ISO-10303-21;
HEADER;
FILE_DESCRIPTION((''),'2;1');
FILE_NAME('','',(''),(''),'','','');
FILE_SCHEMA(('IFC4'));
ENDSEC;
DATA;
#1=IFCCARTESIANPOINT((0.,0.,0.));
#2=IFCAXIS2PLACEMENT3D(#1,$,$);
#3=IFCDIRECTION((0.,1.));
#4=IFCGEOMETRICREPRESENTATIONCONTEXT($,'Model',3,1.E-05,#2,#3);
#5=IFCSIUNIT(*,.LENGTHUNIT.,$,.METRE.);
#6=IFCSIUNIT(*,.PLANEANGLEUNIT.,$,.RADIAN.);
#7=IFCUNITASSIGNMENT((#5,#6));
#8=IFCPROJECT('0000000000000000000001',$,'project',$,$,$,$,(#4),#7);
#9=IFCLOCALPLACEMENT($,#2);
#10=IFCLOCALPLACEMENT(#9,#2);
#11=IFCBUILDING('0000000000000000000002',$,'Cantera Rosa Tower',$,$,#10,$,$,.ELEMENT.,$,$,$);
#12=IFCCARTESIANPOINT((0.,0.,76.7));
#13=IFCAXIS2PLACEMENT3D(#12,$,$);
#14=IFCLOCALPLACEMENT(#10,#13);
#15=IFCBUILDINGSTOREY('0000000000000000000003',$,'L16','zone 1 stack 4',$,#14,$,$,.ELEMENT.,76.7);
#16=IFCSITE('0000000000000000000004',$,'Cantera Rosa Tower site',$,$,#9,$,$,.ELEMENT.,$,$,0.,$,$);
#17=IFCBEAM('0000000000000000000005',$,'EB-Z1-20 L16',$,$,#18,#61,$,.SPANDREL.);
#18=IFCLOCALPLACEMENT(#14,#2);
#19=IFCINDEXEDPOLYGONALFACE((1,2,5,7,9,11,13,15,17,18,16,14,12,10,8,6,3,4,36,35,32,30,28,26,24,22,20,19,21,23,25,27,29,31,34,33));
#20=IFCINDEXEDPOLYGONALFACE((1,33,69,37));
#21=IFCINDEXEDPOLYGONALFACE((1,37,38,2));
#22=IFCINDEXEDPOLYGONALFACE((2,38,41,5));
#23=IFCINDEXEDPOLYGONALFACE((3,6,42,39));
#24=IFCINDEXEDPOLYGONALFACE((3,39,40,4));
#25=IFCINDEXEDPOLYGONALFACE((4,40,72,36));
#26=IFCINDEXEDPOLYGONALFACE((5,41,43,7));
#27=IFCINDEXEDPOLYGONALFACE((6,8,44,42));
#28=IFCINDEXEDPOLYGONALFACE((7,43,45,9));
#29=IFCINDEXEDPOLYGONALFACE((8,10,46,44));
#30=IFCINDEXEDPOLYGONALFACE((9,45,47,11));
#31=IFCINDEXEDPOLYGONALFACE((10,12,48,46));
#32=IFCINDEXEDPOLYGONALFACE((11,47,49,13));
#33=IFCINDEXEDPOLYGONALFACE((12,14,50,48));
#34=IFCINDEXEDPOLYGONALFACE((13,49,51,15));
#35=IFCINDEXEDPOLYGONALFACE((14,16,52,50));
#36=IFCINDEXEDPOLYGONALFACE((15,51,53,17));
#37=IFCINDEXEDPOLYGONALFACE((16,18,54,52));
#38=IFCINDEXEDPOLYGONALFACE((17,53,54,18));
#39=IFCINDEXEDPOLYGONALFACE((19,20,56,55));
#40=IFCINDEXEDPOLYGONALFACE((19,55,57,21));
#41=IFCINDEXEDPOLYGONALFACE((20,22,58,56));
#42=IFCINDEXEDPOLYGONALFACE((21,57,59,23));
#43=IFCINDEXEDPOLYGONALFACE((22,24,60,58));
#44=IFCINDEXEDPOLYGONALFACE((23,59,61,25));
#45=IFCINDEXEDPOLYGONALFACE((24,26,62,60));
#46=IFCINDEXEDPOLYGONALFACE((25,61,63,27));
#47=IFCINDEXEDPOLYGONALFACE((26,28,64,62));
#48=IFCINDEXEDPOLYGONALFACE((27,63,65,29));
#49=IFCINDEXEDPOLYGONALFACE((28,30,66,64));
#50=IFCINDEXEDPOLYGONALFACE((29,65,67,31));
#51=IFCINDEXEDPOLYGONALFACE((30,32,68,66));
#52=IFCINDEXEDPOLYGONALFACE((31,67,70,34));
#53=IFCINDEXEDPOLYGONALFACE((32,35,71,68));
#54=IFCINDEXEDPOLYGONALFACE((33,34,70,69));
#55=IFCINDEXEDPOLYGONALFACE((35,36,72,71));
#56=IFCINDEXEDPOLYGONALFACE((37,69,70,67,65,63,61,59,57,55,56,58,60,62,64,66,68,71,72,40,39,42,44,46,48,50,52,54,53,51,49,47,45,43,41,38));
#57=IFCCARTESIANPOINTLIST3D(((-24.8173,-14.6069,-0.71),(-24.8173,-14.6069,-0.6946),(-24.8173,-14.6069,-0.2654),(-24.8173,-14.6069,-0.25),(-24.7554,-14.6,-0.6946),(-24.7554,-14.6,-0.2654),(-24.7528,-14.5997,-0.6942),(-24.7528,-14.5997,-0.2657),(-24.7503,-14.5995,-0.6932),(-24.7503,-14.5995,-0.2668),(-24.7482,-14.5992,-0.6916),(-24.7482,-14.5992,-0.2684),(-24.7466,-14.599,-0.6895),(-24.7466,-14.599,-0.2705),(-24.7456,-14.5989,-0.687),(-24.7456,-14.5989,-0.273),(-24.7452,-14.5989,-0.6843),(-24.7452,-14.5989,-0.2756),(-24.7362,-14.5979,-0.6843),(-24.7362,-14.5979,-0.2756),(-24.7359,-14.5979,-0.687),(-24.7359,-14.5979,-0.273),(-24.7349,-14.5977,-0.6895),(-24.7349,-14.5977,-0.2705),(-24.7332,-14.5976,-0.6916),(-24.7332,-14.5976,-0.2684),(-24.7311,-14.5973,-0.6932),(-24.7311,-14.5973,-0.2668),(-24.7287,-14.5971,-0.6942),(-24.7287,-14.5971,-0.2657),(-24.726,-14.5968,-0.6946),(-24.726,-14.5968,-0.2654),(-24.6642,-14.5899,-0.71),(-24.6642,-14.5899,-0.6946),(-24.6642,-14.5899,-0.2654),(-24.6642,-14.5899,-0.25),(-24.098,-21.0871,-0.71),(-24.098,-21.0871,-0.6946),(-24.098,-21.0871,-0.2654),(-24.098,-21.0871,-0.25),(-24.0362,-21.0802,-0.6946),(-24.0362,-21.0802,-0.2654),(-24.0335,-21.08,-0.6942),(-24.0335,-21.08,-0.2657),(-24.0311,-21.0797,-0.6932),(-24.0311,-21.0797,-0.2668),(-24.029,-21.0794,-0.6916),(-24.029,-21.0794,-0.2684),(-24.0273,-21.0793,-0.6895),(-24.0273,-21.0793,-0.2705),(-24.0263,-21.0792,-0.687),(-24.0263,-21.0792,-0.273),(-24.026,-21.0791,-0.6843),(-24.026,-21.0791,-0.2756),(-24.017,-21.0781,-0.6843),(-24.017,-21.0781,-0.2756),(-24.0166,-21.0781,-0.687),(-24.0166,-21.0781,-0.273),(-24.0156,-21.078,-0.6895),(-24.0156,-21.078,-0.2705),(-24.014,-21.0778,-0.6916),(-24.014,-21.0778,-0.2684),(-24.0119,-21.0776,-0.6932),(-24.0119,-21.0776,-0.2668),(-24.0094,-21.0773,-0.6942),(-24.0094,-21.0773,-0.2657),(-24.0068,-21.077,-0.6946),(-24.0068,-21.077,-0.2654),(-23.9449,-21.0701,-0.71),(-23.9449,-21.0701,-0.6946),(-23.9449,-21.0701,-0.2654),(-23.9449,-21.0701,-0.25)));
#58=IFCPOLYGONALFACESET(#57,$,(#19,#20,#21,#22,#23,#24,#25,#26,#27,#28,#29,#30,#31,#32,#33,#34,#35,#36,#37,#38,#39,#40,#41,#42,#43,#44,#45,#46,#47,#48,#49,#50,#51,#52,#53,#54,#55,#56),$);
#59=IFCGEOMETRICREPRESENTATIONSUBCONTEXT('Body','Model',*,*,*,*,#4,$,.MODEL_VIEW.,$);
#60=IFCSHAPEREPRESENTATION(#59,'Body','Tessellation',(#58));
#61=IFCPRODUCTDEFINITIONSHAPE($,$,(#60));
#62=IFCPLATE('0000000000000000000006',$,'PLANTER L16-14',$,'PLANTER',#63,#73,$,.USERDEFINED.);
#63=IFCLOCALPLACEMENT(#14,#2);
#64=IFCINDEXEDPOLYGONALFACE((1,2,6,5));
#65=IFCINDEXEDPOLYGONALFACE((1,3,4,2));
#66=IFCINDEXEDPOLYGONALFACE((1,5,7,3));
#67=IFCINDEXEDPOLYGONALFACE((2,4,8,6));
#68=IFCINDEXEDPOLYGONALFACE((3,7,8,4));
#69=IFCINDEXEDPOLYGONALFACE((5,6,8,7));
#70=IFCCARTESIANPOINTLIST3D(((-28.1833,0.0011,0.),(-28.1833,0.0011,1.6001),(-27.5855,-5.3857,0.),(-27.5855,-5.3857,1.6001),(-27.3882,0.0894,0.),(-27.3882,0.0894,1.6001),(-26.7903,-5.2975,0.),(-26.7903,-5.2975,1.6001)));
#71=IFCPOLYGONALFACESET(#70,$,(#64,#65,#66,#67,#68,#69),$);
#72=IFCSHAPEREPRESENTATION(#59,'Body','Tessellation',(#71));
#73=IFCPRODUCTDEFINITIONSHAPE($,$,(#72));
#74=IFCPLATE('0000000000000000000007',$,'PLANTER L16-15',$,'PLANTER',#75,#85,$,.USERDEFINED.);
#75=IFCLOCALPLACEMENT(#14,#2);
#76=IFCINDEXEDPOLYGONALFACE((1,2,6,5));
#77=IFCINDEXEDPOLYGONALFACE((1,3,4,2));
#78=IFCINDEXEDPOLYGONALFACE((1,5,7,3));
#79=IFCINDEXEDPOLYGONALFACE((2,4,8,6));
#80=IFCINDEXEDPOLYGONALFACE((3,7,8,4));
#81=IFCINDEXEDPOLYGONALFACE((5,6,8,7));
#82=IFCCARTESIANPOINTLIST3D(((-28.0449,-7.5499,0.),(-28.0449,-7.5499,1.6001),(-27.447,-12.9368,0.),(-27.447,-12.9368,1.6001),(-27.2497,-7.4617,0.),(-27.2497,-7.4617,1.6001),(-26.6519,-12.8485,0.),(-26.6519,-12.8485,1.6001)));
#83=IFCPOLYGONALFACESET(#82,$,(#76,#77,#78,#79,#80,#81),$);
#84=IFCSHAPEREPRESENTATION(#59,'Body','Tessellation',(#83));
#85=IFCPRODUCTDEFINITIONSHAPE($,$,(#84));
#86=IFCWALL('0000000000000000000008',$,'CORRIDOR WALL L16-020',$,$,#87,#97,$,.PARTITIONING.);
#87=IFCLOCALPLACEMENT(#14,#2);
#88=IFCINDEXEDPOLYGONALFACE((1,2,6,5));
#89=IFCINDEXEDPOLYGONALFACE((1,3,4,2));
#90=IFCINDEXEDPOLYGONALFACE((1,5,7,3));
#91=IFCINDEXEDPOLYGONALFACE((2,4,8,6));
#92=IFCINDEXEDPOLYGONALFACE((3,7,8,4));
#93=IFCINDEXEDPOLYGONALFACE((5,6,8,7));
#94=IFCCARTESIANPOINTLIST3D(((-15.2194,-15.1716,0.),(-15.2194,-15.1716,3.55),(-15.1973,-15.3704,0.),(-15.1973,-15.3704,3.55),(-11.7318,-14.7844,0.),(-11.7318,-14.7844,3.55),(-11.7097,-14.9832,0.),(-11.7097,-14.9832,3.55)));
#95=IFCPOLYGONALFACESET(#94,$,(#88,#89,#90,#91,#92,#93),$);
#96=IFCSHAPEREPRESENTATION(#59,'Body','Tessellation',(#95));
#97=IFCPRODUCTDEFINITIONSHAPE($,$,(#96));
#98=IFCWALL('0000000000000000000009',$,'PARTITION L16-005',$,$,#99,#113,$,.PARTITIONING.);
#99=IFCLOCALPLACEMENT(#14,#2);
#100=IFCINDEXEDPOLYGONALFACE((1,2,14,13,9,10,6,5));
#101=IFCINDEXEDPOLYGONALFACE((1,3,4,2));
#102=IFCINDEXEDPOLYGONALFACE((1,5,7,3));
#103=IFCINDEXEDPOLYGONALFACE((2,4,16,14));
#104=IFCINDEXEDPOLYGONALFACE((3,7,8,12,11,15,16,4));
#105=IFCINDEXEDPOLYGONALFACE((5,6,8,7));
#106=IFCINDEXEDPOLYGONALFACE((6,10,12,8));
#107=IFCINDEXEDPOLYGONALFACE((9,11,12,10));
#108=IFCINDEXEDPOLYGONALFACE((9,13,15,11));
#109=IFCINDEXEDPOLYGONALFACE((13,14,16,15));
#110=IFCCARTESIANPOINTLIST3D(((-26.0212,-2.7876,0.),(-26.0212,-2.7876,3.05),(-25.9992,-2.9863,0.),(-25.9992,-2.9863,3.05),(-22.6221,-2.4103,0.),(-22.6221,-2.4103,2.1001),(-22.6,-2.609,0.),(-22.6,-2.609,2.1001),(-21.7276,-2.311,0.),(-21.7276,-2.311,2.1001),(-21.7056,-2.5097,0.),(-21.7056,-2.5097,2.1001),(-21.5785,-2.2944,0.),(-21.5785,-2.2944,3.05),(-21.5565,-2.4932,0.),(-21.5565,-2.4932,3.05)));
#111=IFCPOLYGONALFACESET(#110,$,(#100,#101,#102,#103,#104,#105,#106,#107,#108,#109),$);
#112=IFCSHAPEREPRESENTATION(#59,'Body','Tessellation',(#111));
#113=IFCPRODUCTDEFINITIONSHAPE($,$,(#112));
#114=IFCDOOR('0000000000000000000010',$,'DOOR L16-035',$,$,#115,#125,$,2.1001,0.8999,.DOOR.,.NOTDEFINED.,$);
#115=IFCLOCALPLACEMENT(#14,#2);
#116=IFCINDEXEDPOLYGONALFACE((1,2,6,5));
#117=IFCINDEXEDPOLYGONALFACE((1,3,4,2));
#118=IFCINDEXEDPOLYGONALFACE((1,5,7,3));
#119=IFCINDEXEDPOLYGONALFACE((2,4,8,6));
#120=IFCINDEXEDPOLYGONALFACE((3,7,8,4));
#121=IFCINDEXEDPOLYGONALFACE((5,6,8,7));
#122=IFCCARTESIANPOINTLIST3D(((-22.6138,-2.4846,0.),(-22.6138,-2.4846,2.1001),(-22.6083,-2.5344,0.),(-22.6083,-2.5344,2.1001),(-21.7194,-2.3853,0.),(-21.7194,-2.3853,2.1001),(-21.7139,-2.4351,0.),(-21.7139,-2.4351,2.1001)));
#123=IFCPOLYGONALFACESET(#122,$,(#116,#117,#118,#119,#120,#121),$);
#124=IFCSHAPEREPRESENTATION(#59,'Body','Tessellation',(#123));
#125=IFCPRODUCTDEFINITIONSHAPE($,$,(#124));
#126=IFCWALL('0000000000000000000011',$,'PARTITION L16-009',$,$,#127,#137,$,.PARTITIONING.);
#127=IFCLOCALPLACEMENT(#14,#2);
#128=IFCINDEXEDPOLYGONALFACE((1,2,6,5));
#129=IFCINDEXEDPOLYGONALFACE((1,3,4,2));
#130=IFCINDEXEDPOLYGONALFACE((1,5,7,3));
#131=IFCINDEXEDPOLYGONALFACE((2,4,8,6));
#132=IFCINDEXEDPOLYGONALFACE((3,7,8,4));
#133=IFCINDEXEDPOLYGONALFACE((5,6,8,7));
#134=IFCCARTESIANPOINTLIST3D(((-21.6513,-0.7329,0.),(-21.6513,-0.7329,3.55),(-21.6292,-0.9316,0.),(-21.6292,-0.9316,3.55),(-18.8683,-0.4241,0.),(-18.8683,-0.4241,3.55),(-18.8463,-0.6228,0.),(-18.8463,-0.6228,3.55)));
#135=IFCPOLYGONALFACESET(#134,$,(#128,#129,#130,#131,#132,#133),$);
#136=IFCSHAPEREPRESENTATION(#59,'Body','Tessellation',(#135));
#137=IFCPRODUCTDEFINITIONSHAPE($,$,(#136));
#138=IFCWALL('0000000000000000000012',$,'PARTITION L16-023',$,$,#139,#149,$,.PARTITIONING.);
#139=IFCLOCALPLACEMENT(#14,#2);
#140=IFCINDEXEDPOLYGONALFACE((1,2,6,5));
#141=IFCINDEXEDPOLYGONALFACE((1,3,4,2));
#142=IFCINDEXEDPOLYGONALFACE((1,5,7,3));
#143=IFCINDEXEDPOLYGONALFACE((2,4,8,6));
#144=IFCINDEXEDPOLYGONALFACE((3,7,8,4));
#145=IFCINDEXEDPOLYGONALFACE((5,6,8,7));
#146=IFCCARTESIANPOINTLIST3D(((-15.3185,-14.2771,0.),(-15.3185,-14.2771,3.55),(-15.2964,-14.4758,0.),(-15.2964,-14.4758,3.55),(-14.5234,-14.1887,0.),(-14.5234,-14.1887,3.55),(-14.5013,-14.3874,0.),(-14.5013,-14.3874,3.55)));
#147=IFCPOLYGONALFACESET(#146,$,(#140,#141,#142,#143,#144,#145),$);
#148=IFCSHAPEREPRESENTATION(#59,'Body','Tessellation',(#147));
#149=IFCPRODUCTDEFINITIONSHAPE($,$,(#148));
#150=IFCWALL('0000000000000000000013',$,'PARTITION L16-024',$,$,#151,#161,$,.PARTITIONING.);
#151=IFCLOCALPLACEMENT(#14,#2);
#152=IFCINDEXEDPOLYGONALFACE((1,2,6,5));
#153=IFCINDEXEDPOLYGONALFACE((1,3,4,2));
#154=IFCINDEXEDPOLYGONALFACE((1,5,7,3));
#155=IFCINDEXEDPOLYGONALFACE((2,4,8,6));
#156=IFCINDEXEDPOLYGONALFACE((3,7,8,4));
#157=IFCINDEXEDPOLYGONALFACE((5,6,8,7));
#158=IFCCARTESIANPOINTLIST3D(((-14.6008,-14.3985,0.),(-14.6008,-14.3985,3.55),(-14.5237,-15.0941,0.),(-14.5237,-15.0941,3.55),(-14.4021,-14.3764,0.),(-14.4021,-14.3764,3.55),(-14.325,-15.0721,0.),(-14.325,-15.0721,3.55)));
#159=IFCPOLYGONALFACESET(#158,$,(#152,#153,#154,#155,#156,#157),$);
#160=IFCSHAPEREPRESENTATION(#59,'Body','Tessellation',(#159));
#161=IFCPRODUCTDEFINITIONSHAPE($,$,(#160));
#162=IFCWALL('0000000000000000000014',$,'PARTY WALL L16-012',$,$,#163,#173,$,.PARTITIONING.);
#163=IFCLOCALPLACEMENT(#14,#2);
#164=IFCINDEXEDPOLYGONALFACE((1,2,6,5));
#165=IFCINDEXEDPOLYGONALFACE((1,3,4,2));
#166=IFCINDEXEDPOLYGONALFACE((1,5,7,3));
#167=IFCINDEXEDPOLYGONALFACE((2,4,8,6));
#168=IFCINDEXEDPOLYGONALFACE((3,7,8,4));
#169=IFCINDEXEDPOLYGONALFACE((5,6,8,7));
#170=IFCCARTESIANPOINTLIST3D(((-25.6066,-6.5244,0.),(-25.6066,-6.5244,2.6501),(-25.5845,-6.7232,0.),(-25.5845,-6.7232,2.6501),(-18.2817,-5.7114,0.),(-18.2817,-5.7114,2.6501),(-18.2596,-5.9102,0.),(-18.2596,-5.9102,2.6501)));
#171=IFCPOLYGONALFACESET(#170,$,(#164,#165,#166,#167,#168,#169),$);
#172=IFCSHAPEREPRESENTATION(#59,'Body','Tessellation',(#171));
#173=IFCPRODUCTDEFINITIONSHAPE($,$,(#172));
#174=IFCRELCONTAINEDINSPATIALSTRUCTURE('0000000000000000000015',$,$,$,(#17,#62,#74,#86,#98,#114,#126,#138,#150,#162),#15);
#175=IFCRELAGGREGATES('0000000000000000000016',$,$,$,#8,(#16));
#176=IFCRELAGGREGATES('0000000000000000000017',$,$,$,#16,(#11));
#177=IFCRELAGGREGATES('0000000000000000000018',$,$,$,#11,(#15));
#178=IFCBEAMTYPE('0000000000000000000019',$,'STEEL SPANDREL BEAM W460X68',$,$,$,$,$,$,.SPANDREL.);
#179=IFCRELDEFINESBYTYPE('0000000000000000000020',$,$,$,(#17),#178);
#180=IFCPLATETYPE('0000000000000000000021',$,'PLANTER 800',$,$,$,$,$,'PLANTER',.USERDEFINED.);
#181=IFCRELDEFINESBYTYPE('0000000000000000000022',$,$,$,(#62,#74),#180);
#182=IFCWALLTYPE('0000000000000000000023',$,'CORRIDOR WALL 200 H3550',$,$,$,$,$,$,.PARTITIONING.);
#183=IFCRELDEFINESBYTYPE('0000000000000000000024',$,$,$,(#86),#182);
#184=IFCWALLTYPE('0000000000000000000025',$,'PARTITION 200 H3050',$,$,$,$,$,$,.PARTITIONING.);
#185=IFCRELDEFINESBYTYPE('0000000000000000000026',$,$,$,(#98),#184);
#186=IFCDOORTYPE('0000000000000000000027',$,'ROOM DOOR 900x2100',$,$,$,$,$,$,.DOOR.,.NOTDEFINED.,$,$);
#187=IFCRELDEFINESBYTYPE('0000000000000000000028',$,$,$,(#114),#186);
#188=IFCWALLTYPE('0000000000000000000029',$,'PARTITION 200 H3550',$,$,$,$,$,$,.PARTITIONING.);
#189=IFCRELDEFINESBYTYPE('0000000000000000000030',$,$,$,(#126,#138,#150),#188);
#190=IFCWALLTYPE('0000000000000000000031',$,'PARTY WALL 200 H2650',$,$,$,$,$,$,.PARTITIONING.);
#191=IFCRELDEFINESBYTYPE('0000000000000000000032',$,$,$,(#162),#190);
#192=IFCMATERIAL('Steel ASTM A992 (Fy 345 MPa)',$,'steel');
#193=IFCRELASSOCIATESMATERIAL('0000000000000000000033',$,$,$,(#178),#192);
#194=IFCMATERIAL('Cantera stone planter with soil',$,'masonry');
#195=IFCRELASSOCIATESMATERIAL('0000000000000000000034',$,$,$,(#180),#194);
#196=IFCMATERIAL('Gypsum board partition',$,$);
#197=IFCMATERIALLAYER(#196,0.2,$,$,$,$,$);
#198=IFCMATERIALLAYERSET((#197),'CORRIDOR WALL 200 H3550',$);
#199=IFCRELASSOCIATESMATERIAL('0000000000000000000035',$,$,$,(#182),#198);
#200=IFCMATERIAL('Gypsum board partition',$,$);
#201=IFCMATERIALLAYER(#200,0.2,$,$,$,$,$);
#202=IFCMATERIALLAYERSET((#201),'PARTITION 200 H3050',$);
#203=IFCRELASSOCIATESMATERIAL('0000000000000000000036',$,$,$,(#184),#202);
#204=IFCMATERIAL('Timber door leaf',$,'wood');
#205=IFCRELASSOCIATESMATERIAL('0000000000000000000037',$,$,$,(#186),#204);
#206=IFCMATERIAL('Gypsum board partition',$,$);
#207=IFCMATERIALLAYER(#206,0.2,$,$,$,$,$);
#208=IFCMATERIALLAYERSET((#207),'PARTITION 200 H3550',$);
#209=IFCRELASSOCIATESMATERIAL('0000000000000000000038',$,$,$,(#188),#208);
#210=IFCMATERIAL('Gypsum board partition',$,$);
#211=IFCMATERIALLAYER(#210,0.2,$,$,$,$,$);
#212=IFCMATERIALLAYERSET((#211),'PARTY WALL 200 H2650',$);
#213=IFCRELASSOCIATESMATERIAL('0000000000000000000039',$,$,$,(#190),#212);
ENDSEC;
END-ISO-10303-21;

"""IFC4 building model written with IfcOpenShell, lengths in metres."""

from ifc_helpers import new_model, si_unit, direction, frame, frame_2d, origin, origin_2d, place, context, subcontext, project, spatial, rectangle, i_section, extrude, material, layer, layer_set, material_profile, profile_set, type_object, element, fill, save


model = new_model("IFC4")

# Units and contexts
model_context = context("Model", 3, precision=1e-05, world=origin(), true_north=direction((0.0, 1.0)))
body_context = subcontext(model_context, "Body", "Model", "MODEL_VIEW")
ifc_project = project(units=[si_unit("LENGTHUNIT", "METRE"), si_unit("PLANEANGLEUNIT", "RADIAN")], contexts=[model_context])

# Site, building, storey
site_placement = place(None, origin())
site = spatial("IfcSite", under=ifc_project, at=site_placement, Name="Cantera Rosa Tower site", CompositionType="ELEMENT", RefElevation=0.0)
building_placement = place(site_placement, origin())
building = spatial("IfcBuilding", under=site, at=building_placement, Name="Cantera Rosa Tower", CompositionType="ELEMENT")
storey_placement = place(building_placement, frame((0.0, 0.0, 76.7)))
storey = spatial("IfcBuildingStorey", under=building, at=storey_placement, Name="L16", Description="zone 1 stack 4", CompositionType="ELEMENT", Elevation=76.7)

# Beam
ifc_material_1 = material(Name="Steel ASTM A992 (Fy 345 MPa)", Category="steel")
ifc_material_profile_1 = material_profile(ifc_material_1, i_section(OverallWidth=0.1541, OverallDepth=0.46, WebThickness=0.009, FlangeThickness=0.0154, FilletRadius=0.0103, at=origin_2d()), Name="W460X68")
ifc_profile_set_1 = profile_set([ifc_material_profile_1], Name="Steel ASTM A992 (Fy 345 MPa)")
beam_type_1 = type_object("IfcBeamType", Name="STEEL SPANDREL BEAM W460X68", PredefinedType="SPANDREL", material=ifc_profile_set_1)
for number, where, z_axis, x_axis, name in (
    (1, (-24.7407, -14.5984, -0.48), (0.110312, -0.993897, 0.0), (0.993897, 0.110312, 0.0), "EB-Z1-20 L16"),
):
    element("IfcBeam", number, at=place(storey_placement, frame(where, z_axis=z_axis, x_axis=x_axis)), inside=storey, type_object=beam_type_1, Name=name, PredefinedType="SPANDREL", context=body_context, shape_type="SweptSolid", body=[
        extrude(i_section(OverallWidth=0.1541, OverallDepth=0.46, WebThickness=0.009, FlangeThickness=0.0154, FilletRadius=0.0103, at=origin_2d()), origin(), (0.0, 0.0, 1.0), 6.52),
    ])

# Plates
ifc_material_2 = material(Name="Cantera stone planter with soil", Category="masonry")
plate_type = type_object("IfcPlateType", Name="PLANTER 800", ElementType="PLANTER", PredefinedType="USERDEFINED", material=ifc_material_2)
for number, where, z_axis, x_axis, name in (
    (2, (-27.4868, -2.6482, 0.0), (0.0, 0.0, 1.0), (0.110313, -0.993897, 0.0), "PLANTER L16-14"),
    (3, (-27.3484, -10.1992, 0.0), (0.0, 0.0, 1.0), (0.110313, -0.993897, 0.0), "PLANTER L16-15"),
):
    element("IfcPlate", number, at=place(storey_placement, frame(where, z_axis=z_axis, x_axis=x_axis)), inside=storey, type_object=plate_type, Name=name, ObjectType="PLANTER", PredefinedType="USERDEFINED", context=body_context, shape_type="SweptSolid", body=[
        extrude(rectangle(XDim=5.4199, YDim=0.8, at=origin_2d()), origin(), (0.0, 0.0, 1.0), 1.6001),
    ])

# Wall
ifc_material_3 = material(Name="Gypsum board partition")
ifc_layer_1 = layer(ifc_material_3, 0.2)
ifc_layer_set_1 = layer_set([ifc_layer_1], Name="CORRIDOR WALL 200 H3550")
wall_type_1 = type_object("IfcWallType", Name="CORRIDOR WALL 200 H3550", PredefinedType="PARTITIONING", material=ifc_layer_set_1)
wall_1_placement = place(storey_placement, frame((-15.2083, -15.271, 0.0), z_axis=(0.0, 0.0, 1.0), x_axis=(0.993893, 0.110348, 0.0)))
element("IfcWall", 4, at=wall_1_placement, inside=storey, type_object=wall_type_1, Name="CORRIDOR WALL L16-020", PredefinedType="PARTITIONING", context=body_context, shape_type="SweptSolid", body=[
    extrude(rectangle(XDim=3.509, YDim=0.2, at=frame_2d((1.7544, 0.0))), origin(), (0.0, 0.0, 1.0), 3.55),
])

# Wall, opening, door
ifc_material_4 = material(Name="Gypsum board partition")
ifc_layer_2 = layer(ifc_material_4, 0.2)
ifc_layer_set_2 = layer_set([ifc_layer_2], Name="PARTITION 200 H3050")
wall_type_2 = type_object("IfcWallType", Name="PARTITION 200 H3050", PredefinedType="PARTITIONING", material=ifc_layer_set_2)
wall_2_placement = place(storey_placement, frame((-21.5676, -2.3938, 0.0), z_axis=(0.0, 0.0, 1.0), x_axis=(-0.993895, -0.11033, 0.0)))
wall_2 = element("IfcWall", 5, at=wall_2_placement, inside=storey, type_object=wall_type_2, Name="PARTITION L16-005", PredefinedType="PARTITIONING", context=body_context, shape_type="SweptSolid", body=[
    extrude(rectangle(XDim=4.47, YDim=0.2, at=frame_2d((2.2349, 0.0))), origin(), (0.0, 0.0, 1.0), 3.05),
])
opening_1_placement = place(wall_2_placement, frame((0.1499, 0.0, 0.0)))
opening_1 = element("IfcOpeningElement", 6, at=opening_1_placement, cuts=wall_2, PredefinedType="OPENING", context=body_context, shape_type="SweptSolid", body=[
    extrude(rectangle(XDim=0.8999, YDim=2.1001, at=frame_2d((0.45, 1.05))), frame((0.0, 0.1099, 0.0), z_axis=(0.0, -1.0, 0.0), x_axis=(1.0, 0.0, 0.0)), (0.0, 0.0, 1.0), 0.22),
])
ifc_material_5 = material(Name="Timber door leaf", Category="wood")
door_type_1 = type_object("IfcDoorType", Name="ROOM DOOR 900x2100", OperationType="NOTDEFINED", PredefinedType="DOOR", material=ifc_material_5)
door_1_placement = place(opening_1_placement, origin())
door_1 = element("IfcDoor", 7, at=door_1_placement, inside=storey, type_object=door_type_1, Name="DOOR L16-035", OperationType="NOTDEFINED", OverallHeight=2.1001, OverallWidth=0.8999, PredefinedType="DOOR", context=body_context, shape_type="SweptSolid", body=[
    extrude(rectangle(XDim=0.8999, YDim=2.1001, at=frame_2d((0.45, 1.05))), frame((0.0, 0.0249, 0.0), z_axis=(0.0, -1.0, 0.0), x_axis=(1.0, 0.0, 0.0)), (0.0, 0.0, 1.0), 0.05),
])
fill(opening_1, door_1)

# Walls
ifc_material_6 = material(Name="Gypsum board partition")
ifc_layer_3 = layer(ifc_material_6, 0.2)
ifc_layer_set_3 = layer_set([ifc_layer_3], Name="PARTITION 200 H3550")
wall_type_3 = type_object("IfcWallType", Name="PARTITION 200 H3550", PredefinedType="PARTITIONING", material=ifc_layer_set_3)
wall_3_placement = place(storey_placement, frame((-18.8574, -0.5234, 0.0), z_axis=(0.0, 0.0, 1.0), x_axis=(-0.993899, -0.110298, 0.0)))
element("IfcWall", 8, at=wall_3_placement, inside=storey, type_object=wall_type_3, Name="PARTITION L16-009", PredefinedType="PARTITIONING", context=body_context, shape_type="SweptSolid", body=[
    extrude(rectangle(XDim=2.8, YDim=0.2, at=frame_2d((1.3999, 0.0))), origin(), (0.0, 0.0, 1.0), 3.55),
])
wall_4_placement = place(storey_placement, frame((-14.5125, -14.2881, 0.0), z_axis=(0.0, 0.0, 1.0), x_axis=(-0.99388, -0.110465, 0.0)))
element("IfcWall", 9, at=wall_4_placement, inside=storey, type_object=wall_type_3, Name="PARTITION L16-023", PredefinedType="PARTITIONING", context=body_context, shape_type="SweptSolid", body=[
    extrude(rectangle(XDim=0.8, YDim=0.2, at=frame_2d((0.3999, 0.0))), origin(), (0.0, 0.0, 1.0), 3.55),
])
wall_5_placement = place(storey_placement, frame((-14.4243, -15.0833, 0.0), z_axis=(0.0, 0.0, 1.0), x_axis=(-0.110202, 0.993909, 0.0)))
element("IfcWall", 10, at=wall_5_placement, inside=storey, type_object=wall_type_3, Name="PARTITION L16-024", PredefinedType="PARTITIONING", context=body_context, shape_type="SweptSolid", body=[
    extrude(rectangle(XDim=0.7, YDim=0.2, at=frame_2d((0.3501, 0.0))), origin(), (0.0, 0.0, 1.0), 3.55),
])
ifc_material_7 = material(Name="Gypsum board partition")
ifc_layer_4 = layer(ifc_material_7, 0.2)
ifc_layer_set_4 = layer_set([ifc_layer_4], Name="PARTY WALL 200 H2650")
wall_type_4 = type_object("IfcWallType", Name="PARTY WALL 200 H2650", PredefinedType="PARTITIONING", material=ifc_layer_set_4)
wall_6_placement = place(storey_placement, frame((-18.2705, -5.8108, 0.0), z_axis=(0.0, 0.0, 1.0), x_axis=(-0.993897, -0.110312, 0.0)))
element("IfcWall", 11, at=wall_6_placement, inside=storey, type_object=wall_type_4, Name="PARTY WALL L16-012", PredefinedType="PARTITIONING", context=body_context, shape_type="SweptSolid", body=[
    extrude(rectangle(XDim=7.3699, YDim=0.2, at=frame_2d((3.6851, 0.0))), origin(), (0.0, 0.0, 1.0), 2.6501),
])

save(model, "model.ifc")
